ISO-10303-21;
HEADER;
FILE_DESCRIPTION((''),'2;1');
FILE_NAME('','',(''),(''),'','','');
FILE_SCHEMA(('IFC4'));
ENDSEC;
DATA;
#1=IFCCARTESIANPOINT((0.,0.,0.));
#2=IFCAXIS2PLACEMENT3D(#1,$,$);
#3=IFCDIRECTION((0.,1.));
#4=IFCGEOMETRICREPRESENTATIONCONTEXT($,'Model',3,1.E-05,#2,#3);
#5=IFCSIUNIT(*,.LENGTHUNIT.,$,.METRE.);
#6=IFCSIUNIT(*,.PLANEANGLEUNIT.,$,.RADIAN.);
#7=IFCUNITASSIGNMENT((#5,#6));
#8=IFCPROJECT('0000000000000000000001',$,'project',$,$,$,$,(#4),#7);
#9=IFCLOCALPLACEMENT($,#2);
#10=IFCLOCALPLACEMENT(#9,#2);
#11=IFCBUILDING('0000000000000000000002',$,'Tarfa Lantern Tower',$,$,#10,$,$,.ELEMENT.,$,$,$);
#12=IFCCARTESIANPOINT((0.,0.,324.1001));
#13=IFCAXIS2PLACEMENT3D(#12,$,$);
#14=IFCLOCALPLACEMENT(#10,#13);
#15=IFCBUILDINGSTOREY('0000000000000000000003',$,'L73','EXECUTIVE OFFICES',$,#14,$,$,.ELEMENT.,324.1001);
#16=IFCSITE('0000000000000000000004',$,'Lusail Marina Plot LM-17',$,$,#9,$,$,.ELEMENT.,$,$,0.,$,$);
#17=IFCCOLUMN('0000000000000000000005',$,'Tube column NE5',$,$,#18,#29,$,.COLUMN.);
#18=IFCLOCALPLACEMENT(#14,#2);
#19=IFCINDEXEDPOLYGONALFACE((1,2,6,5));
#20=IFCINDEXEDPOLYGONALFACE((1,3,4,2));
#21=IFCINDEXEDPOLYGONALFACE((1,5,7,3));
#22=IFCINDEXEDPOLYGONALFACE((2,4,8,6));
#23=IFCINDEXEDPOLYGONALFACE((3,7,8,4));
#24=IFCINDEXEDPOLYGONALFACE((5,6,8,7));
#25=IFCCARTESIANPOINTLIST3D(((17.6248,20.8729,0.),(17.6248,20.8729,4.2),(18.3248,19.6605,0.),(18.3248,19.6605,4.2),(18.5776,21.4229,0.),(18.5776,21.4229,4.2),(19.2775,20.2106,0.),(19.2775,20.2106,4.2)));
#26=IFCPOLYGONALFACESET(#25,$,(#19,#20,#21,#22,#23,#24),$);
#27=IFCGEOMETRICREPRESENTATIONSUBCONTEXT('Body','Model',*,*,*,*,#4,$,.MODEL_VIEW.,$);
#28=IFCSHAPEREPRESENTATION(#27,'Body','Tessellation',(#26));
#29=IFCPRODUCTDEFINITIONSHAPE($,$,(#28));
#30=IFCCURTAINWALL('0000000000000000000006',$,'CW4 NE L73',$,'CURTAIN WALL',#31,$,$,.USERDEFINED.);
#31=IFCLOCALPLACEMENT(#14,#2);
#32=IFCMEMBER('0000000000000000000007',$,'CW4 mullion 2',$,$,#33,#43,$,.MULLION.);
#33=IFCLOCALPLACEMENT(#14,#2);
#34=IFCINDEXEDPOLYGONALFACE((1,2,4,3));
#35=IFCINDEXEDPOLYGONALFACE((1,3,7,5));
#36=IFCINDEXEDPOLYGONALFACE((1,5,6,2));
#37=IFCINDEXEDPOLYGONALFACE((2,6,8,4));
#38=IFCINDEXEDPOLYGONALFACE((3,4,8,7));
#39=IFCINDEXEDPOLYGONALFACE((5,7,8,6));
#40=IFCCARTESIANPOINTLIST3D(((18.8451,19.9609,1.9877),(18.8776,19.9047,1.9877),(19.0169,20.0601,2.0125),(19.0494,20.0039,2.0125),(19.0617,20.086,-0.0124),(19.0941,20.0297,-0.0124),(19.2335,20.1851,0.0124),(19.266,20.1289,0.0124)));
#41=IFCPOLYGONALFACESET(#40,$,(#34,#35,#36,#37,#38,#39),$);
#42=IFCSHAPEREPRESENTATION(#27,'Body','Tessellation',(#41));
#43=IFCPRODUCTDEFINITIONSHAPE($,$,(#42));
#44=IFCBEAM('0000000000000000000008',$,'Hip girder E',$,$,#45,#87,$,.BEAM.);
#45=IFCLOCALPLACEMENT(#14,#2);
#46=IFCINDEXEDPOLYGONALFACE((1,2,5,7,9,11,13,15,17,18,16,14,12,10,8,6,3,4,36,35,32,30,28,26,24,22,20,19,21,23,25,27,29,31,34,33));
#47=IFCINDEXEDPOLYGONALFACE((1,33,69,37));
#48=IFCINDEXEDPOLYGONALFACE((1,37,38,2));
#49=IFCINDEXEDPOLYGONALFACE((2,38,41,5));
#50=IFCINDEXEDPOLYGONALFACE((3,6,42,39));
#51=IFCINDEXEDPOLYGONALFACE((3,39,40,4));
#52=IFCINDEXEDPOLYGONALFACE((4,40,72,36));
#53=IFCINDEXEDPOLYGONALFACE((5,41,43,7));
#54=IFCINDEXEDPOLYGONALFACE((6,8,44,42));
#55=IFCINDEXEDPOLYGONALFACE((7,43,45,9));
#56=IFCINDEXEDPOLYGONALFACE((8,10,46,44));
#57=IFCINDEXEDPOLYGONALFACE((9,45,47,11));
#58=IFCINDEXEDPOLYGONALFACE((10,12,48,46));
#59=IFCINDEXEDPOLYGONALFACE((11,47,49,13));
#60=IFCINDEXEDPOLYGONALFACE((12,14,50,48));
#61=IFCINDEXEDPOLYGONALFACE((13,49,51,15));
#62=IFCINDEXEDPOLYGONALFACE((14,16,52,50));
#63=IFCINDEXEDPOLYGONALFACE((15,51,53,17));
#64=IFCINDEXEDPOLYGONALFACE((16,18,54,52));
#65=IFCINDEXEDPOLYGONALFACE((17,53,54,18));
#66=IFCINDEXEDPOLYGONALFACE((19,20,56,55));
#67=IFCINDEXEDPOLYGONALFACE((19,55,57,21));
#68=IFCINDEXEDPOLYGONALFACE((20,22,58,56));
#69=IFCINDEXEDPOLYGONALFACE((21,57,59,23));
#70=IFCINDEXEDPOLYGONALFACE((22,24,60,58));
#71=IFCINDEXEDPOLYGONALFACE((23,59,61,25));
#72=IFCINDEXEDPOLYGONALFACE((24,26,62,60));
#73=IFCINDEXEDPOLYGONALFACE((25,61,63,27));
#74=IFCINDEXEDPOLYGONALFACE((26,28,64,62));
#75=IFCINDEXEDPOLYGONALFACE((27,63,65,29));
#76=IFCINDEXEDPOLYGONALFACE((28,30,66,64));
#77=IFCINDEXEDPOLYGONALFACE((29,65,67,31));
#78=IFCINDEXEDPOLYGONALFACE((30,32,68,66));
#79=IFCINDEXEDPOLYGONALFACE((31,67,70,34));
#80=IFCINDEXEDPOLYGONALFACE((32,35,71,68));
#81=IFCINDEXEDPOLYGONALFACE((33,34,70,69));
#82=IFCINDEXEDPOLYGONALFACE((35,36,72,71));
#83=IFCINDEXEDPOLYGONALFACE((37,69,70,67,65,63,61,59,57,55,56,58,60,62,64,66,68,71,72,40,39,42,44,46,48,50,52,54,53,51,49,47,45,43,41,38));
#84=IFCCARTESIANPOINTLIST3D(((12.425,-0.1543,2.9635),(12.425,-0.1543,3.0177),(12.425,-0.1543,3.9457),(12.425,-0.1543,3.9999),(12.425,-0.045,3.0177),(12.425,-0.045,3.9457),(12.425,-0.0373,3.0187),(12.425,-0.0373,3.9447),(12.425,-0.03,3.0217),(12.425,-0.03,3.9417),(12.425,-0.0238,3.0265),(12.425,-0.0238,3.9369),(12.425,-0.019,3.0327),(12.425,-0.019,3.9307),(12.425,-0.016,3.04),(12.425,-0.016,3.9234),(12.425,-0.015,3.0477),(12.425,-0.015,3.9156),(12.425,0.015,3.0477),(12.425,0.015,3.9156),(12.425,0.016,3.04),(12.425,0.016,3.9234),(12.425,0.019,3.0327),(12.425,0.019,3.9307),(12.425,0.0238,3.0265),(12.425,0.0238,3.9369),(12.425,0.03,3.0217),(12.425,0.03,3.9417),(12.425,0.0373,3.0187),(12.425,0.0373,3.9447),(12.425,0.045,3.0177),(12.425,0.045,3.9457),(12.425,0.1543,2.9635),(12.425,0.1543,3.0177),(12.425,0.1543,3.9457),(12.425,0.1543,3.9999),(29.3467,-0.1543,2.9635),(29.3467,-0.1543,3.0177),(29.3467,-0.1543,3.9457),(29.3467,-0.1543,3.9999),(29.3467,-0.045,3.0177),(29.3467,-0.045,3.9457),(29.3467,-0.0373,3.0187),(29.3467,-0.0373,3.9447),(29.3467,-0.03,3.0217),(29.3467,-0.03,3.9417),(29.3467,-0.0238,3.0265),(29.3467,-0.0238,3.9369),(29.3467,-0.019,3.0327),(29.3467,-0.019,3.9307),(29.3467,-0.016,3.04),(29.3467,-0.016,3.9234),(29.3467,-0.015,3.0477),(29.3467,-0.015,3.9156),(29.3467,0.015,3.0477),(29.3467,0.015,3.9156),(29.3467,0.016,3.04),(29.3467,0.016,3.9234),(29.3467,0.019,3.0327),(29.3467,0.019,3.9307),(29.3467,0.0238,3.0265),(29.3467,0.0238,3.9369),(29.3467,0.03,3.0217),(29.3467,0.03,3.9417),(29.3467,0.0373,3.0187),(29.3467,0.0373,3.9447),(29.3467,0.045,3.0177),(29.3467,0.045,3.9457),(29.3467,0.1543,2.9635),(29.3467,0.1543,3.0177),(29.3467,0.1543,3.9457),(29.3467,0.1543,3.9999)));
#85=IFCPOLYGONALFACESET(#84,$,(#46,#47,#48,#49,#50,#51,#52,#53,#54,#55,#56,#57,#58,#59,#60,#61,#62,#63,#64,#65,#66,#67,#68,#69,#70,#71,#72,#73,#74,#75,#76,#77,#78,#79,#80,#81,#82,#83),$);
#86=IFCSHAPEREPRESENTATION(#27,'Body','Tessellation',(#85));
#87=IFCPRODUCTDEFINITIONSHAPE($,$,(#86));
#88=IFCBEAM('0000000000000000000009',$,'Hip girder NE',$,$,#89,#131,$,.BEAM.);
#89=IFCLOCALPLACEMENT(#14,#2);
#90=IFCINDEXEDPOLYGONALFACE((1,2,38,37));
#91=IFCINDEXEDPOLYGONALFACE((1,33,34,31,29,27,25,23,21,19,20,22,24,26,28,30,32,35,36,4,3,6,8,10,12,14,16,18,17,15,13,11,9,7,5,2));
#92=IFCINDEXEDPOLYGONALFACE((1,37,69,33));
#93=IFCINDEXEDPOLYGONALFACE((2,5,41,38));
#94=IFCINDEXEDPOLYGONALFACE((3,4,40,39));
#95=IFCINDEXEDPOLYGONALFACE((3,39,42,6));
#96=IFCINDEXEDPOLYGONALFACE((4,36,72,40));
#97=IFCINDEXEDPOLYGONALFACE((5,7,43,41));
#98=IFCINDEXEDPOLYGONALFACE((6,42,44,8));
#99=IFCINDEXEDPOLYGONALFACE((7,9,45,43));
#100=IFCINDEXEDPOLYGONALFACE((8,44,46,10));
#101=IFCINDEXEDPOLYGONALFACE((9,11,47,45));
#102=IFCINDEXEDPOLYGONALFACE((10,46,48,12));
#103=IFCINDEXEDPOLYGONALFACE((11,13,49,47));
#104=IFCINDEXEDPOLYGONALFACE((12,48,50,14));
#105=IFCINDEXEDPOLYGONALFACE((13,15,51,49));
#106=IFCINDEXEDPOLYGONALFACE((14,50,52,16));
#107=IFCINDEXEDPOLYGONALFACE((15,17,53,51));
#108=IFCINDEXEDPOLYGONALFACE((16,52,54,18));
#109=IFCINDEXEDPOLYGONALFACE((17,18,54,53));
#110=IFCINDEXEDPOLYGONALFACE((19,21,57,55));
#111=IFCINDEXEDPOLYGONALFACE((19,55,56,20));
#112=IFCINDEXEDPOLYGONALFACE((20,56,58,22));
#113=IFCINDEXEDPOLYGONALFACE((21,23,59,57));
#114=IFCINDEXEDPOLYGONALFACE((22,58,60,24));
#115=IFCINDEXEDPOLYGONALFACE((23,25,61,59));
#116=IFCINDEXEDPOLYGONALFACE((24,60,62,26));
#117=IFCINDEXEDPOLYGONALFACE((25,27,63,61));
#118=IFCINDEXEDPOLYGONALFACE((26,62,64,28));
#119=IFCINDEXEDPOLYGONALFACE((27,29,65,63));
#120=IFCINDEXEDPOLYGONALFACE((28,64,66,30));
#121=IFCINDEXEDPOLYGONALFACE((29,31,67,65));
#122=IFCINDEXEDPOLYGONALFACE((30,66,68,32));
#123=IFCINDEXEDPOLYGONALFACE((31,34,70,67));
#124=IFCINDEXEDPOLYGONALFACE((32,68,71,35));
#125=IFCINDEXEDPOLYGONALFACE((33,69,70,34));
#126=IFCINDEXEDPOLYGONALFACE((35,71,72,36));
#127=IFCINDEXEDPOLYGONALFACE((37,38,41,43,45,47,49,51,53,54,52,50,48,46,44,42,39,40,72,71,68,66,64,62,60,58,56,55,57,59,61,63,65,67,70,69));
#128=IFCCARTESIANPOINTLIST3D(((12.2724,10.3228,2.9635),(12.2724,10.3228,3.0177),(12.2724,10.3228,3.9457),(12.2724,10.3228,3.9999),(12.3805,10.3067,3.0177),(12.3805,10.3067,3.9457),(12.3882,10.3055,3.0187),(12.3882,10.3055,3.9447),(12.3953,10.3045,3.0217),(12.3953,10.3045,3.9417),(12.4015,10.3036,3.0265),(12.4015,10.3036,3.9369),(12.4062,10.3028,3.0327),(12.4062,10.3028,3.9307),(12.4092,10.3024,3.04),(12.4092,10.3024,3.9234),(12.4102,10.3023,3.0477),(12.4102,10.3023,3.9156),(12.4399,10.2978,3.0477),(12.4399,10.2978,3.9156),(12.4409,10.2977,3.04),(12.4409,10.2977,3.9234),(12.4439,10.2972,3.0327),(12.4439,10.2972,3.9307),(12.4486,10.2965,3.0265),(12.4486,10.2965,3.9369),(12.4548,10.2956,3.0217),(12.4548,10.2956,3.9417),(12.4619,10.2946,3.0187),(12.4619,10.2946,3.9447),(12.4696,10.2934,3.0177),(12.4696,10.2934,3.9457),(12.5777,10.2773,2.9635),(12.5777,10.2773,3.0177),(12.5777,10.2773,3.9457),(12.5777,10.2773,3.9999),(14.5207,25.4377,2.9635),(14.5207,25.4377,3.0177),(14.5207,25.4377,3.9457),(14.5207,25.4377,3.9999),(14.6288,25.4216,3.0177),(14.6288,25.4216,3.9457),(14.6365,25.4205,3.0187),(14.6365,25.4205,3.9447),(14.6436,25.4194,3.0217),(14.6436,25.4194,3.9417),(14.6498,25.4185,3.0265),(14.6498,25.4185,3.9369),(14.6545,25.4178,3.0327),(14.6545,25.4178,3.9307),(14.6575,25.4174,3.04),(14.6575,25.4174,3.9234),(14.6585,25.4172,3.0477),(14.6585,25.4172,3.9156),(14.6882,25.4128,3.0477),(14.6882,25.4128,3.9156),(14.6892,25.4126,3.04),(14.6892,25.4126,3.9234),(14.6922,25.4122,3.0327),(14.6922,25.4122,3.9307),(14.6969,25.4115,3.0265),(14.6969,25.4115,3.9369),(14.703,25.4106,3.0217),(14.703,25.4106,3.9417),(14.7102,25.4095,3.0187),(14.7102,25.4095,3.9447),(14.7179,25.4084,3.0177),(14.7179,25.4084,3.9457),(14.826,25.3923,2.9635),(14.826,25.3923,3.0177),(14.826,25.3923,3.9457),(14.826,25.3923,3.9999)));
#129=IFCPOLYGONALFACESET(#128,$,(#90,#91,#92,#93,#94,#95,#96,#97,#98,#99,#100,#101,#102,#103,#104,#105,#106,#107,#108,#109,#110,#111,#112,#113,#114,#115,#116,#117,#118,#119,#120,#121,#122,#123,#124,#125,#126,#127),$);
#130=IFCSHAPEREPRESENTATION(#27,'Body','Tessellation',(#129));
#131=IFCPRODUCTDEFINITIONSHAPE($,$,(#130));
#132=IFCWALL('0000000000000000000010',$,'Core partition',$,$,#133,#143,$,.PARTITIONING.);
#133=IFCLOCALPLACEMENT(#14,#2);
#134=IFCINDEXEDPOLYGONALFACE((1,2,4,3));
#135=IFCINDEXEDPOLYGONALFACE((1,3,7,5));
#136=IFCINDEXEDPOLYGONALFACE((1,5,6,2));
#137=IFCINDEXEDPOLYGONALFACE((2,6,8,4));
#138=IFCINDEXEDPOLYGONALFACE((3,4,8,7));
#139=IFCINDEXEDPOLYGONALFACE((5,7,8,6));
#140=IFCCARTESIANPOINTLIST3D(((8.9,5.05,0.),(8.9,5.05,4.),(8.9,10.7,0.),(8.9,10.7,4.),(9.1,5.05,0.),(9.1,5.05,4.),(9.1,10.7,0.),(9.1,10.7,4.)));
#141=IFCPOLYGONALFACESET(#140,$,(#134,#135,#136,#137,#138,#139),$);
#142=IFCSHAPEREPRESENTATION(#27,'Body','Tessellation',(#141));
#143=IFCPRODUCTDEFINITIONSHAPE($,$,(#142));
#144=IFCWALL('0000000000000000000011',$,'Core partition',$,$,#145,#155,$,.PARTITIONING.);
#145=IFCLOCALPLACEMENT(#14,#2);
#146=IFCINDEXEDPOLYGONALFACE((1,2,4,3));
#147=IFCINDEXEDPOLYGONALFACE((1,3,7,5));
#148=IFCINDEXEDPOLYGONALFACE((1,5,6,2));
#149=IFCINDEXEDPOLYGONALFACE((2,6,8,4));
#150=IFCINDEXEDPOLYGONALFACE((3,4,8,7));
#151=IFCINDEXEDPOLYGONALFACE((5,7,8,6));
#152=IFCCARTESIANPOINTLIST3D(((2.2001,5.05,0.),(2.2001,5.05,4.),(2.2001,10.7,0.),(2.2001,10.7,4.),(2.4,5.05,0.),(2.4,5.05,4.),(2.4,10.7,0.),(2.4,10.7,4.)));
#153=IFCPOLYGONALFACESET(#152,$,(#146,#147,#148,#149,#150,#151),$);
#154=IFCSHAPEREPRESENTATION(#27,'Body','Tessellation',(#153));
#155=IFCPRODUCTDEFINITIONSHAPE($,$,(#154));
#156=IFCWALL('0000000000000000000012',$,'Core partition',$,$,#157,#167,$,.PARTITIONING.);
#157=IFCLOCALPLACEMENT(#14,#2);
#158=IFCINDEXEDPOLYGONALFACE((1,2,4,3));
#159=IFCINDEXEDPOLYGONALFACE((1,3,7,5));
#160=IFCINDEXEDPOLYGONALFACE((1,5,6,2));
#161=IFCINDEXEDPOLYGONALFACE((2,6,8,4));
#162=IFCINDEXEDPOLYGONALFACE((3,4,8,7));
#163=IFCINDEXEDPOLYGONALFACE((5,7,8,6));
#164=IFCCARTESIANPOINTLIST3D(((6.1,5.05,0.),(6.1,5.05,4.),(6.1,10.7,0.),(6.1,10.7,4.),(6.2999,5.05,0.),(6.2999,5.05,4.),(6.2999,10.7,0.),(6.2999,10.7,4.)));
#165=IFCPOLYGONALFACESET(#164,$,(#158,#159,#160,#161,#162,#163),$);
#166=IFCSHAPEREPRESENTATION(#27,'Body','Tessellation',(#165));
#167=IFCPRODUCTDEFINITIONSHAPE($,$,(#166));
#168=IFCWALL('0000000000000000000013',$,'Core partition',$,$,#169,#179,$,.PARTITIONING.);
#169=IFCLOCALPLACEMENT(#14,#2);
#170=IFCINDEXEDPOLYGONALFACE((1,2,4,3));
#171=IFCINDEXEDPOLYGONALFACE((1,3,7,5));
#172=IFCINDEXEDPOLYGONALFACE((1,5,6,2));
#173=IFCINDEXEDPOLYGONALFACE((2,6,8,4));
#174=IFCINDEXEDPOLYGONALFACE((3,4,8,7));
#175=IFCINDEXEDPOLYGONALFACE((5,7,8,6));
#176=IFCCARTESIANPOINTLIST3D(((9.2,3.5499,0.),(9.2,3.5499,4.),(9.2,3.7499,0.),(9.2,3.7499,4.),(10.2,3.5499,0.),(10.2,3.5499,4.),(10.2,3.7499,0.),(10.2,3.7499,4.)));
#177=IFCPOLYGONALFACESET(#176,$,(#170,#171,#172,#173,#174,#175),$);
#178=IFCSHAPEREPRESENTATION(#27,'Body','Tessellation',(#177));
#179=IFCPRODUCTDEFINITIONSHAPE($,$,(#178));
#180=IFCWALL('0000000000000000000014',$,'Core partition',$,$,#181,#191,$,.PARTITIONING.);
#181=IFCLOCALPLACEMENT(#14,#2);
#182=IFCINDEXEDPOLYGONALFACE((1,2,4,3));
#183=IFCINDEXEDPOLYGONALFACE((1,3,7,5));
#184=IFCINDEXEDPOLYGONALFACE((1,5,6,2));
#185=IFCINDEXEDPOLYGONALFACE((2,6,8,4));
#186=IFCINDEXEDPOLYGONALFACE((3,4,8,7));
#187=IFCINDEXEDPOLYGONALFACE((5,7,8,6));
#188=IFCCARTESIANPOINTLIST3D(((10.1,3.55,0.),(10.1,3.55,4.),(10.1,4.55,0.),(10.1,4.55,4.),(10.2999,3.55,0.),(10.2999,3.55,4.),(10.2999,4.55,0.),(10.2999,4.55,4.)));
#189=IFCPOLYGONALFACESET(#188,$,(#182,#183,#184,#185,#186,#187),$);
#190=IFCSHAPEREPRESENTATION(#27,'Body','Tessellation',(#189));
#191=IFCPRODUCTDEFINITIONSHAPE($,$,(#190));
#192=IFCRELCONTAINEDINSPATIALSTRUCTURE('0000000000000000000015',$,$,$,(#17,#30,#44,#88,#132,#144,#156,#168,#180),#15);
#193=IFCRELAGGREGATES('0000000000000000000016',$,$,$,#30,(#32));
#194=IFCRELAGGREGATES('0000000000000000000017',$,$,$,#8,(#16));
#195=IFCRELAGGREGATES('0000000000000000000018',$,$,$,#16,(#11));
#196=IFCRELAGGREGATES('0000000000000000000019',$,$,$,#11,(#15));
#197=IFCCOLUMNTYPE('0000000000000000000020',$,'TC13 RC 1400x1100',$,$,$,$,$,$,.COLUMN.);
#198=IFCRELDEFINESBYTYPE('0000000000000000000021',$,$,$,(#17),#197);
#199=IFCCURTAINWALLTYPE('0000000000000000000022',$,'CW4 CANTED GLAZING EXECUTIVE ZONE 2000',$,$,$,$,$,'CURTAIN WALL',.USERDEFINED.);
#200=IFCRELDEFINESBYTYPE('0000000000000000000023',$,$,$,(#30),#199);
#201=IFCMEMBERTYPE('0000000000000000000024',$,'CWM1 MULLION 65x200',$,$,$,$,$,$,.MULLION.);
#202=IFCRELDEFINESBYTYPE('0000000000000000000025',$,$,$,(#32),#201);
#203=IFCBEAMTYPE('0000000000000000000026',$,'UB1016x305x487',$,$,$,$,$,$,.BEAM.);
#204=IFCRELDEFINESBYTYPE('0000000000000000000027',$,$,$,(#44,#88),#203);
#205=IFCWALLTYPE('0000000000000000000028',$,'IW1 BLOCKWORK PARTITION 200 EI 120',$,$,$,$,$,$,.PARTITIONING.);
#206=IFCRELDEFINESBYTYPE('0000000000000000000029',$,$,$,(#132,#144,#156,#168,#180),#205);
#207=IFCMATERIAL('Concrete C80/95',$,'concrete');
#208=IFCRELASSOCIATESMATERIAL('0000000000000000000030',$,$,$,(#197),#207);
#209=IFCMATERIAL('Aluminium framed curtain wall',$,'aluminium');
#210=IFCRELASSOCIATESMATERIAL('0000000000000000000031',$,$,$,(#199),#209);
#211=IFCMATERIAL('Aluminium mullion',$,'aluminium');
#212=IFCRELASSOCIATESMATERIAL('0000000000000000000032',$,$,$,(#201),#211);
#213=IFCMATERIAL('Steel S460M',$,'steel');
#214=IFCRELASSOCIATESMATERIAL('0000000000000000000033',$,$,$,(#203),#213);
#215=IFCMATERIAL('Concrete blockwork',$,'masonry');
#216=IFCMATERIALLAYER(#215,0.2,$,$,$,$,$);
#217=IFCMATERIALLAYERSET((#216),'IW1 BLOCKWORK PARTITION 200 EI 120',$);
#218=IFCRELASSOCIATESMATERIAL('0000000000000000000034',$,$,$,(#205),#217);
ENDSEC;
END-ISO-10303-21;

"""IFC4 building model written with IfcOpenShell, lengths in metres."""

from ifc_helpers import new_model, si_unit, direction, frame, frame_2d, origin, origin_2d, place, context, subcontext, project, spatial, rectangle, i_section, extrude, material, layer, layer_set, material_profile, profile_set, type_object, element, aggregate, save


model = new_model("IFC4")

# Units and contexts
model_context = context("Model", 3, precision=1e-05, world=origin(), true_north=direction((0.0, 1.0)))
body_context = subcontext(model_context, "Body", "Model", "MODEL_VIEW")
ifc_project = project(units=[si_unit("LENGTHUNIT", "METRE"), si_unit("PLANEANGLEUNIT", "RADIAN")], contexts=[model_context])

# Site, building, storey
site_placement = place(None, origin())
site = spatial("IfcSite", under=ifc_project, at=site_placement, Name="Lusail Marina Plot LM-17", CompositionType="ELEMENT", RefElevation=0.0)
building_placement = place(site_placement, origin())
building = spatial("IfcBuilding", under=site, at=building_placement, Name="Tarfa Lantern Tower", CompositionType="ELEMENT")
storey_placement = place(building_placement, frame((0.0, 0.0, 324.1001)))
storey = spatial("IfcBuildingStorey", under=building, at=storey_placement, Name="L73", Description="EXECUTIVE OFFICES", CompositionType="ELEMENT", Elevation=324.1001)

# Column
ifc_material_1 = material(Name="Concrete C80/95", Category="concrete")
ifc_material_profile_1 = material_profile(ifc_material_1, rectangle(XDim=1.3999, YDim=1.1001, at=origin_2d()), Name="RC 1400x1100")
ifc_profile_set_1 = profile_set([ifc_material_profile_1], Name="Concrete C80/95")
column_type = type_object("IfcColumnType", Name="TC13 RC 1400x1100", PredefinedType="COLUMN", material=ifc_profile_set_1)
column_placement = place(storey_placement, frame((18.4512, 20.5417, 0.0), z_axis=(0.0, 0.0, 1.0), x_axis=(-0.5, 0.866025, 0.0)))
element("IfcColumn", 1, at=column_placement, inside=storey, type_object=column_type, Name="Tube column NE5", PredefinedType="COLUMN", context=body_context, shape_type="SweptSolid", body=[
    extrude(rectangle(XDim=1.3999, YDim=1.1001, at=origin_2d()), origin(), (0.0, 0.0, 1.0), 4.2),
])

# Curtain wall, member
ifc_material_2 = material(Name="Aluminium framed curtain wall", Category="aluminium")
curtain_wall_type = type_object("IfcCurtainWallType", Name="CW4 CANTED GLAZING EXECUTIVE ZONE 2000", ElementType="CURTAIN WALL", PredefinedType="USERDEFINED", material=ifc_material_2)
curtain_wall_placement = place(storey_placement, origin())
curtain_wall = element("IfcCurtainWall", 2, at=curtain_wall_placement, inside=storey, type_object=curtain_wall_type, Name="CW4 NE L73", ObjectType="CURTAIN WALL", PredefinedType="USERDEFINED")
ifc_material_3 = material(Name="Aluminium mullion", Category="aluminium")
ifc_material_profile_2 = material_profile(ifc_material_3, rectangle(XDim=0.0649, YDim=0.2, at=origin_2d()), Name="AL MULLION 65x200")
ifc_profile_set_2 = profile_set([ifc_material_profile_2], Name="Aluminium mullion")
member_type = type_object("IfcMemberType", Name="CWM1 MULLION 65x200", PredefinedType="MULLION", material=ifc_profile_set_2)
member_placement = place(storey_placement, frame((19.1638, 20.1074, 0.0), z_axis=(-0.10744, -0.062017, 0.992275), x_axis=(0.49992, -0.866072, 0.0)))
member = element("IfcMember", 3, at=member_placement, type_object=member_type, Name="CW4 mullion 2", PredefinedType="MULLION", context=body_context, shape_type="SweptSolid", body=[
    extrude(rectangle(XDim=0.0649, YDim=0.2, at=origin_2d()), origin(), (0.0, 0.0, 1.0), 2.0156),
])
aggregate(curtain_wall, [member])

# Beams
ifc_material_4 = material(Name="Steel S460M", Category="steel")
ifc_material_profile_3 = material_profile(ifc_material_4, i_section(OverallWidth=0.3086, OverallDepth=1.0364, WebThickness=0.03, FlangeThickness=0.0542, FilletRadius=0.03, at=origin_2d()), Name="UB1016x305x487")
ifc_profile_set_3 = profile_set([ifc_material_profile_3], Name="Steel S460M")
beam_type = type_object("IfcBeamType", Name="UB1016x305x487", PredefinedType="BEAM", material=ifc_profile_set_3)
beam_1_placement = place(storey_placement, frame((12.425, 0.0, 3.4817), z_axis=(1.0, 0.0, 0.0), x_axis=(0.0, 1.0, 0.0)))
element("IfcBeam", 4, at=beam_1_placement, inside=storey, type_object=beam_type, Name="Hip girder E", PredefinedType="BEAM", context=body_context, shape_type="SweptSolid", body=[
    extrude(i_section(OverallWidth=0.3086, OverallDepth=1.0364, WebThickness=0.03, FlangeThickness=0.0542, FilletRadius=0.03, at=origin_2d()), origin(), (0.0, 0.0, 1.0), 16.9216),
])
beam_2_placement = place(storey_placement, frame((12.425, 10.3, 3.4817), z_axis=(0.147127, 0.989118, 0.0), x_axis=(-0.989118, 0.147127, 0.0)))
element("IfcBeam", 5, at=beam_2_placement, inside=storey, type_object=beam_type, Name="Hip girder NE", PredefinedType="BEAM", context=body_context, shape_type="SweptSolid", body=[
    extrude(i_section(OverallWidth=0.3086, OverallDepth=1.0364, WebThickness=0.03, FlangeThickness=0.0542, FilletRadius=0.03, at=origin_2d()), origin(), (0.0, 0.0, 1.0), 15.2812),
])

# Walls
ifc_material_5 = material(Name="Concrete blockwork", Category="masonry")
ifc_layer_1 = layer(ifc_material_5, 0.2)
ifc_layer_set_1 = layer_set([ifc_layer_1], Name="IW1 BLOCKWORK PARTITION 200 EI 120")
wall_type_1 = type_object("IfcWallType", Name="IW1 BLOCKWORK PARTITION 200 EI 120", PredefinedType="PARTITIONING", material=ifc_layer_set_1)
for number, where, z_axis, x_axis, name in (
    (6, (9.0, 5.05, 0.0), (0.0, 0.0, 1.0), (0.0, 1.0, 0.0), "Core partition"),
    (7, (2.3, 5.05, 0.0), (0.0, 0.0, 1.0), (0.0, 1.0, 0.0), "Core partition"),
    (8, (6.2, 5.05, 0.0), (0.0, 0.0, 1.0), (0.0, 1.0, 0.0), "Core partition"),
):
    element("IfcWall", number, at=place(storey_placement, frame(where, z_axis=z_axis, x_axis=x_axis)), inside=storey, type_object=wall_type_1, Name=name, PredefinedType="PARTITIONING", context=body_context, shape_type="SweptSolid", body=[
        extrude(rectangle(XDim=5.6499, YDim=0.2, at=frame_2d((2.825, 0.0))), origin(), (0.0, 0.0, 1.0), 4.0),
    ])
for number, where, z_axis, x_axis, name in (
    (9, (9.2, 3.6499, 0.0), (0.0, 0.0, 1.0), (1.0, 0.0, 0.0), "Core partition"),
    (10, (10.2, 3.55, 0.0), (0.0, 0.0, 1.0), (0.0, 1.0, 0.0), "Core partition"),
):
    element("IfcWall", number, at=place(storey_placement, frame(where, z_axis=z_axis, x_axis=x_axis)), inside=storey, type_object=wall_type_1, Name=name, PredefinedType="PARTITIONING", context=body_context, shape_type="SweptSolid", body=[
        extrude(rectangle(XDim=1.0, YDim=0.2, at=frame_2d((0.5, 0.0))), origin(), (0.0, 0.0, 1.0), 4.0),
    ])

save(model, "model.ifc")
